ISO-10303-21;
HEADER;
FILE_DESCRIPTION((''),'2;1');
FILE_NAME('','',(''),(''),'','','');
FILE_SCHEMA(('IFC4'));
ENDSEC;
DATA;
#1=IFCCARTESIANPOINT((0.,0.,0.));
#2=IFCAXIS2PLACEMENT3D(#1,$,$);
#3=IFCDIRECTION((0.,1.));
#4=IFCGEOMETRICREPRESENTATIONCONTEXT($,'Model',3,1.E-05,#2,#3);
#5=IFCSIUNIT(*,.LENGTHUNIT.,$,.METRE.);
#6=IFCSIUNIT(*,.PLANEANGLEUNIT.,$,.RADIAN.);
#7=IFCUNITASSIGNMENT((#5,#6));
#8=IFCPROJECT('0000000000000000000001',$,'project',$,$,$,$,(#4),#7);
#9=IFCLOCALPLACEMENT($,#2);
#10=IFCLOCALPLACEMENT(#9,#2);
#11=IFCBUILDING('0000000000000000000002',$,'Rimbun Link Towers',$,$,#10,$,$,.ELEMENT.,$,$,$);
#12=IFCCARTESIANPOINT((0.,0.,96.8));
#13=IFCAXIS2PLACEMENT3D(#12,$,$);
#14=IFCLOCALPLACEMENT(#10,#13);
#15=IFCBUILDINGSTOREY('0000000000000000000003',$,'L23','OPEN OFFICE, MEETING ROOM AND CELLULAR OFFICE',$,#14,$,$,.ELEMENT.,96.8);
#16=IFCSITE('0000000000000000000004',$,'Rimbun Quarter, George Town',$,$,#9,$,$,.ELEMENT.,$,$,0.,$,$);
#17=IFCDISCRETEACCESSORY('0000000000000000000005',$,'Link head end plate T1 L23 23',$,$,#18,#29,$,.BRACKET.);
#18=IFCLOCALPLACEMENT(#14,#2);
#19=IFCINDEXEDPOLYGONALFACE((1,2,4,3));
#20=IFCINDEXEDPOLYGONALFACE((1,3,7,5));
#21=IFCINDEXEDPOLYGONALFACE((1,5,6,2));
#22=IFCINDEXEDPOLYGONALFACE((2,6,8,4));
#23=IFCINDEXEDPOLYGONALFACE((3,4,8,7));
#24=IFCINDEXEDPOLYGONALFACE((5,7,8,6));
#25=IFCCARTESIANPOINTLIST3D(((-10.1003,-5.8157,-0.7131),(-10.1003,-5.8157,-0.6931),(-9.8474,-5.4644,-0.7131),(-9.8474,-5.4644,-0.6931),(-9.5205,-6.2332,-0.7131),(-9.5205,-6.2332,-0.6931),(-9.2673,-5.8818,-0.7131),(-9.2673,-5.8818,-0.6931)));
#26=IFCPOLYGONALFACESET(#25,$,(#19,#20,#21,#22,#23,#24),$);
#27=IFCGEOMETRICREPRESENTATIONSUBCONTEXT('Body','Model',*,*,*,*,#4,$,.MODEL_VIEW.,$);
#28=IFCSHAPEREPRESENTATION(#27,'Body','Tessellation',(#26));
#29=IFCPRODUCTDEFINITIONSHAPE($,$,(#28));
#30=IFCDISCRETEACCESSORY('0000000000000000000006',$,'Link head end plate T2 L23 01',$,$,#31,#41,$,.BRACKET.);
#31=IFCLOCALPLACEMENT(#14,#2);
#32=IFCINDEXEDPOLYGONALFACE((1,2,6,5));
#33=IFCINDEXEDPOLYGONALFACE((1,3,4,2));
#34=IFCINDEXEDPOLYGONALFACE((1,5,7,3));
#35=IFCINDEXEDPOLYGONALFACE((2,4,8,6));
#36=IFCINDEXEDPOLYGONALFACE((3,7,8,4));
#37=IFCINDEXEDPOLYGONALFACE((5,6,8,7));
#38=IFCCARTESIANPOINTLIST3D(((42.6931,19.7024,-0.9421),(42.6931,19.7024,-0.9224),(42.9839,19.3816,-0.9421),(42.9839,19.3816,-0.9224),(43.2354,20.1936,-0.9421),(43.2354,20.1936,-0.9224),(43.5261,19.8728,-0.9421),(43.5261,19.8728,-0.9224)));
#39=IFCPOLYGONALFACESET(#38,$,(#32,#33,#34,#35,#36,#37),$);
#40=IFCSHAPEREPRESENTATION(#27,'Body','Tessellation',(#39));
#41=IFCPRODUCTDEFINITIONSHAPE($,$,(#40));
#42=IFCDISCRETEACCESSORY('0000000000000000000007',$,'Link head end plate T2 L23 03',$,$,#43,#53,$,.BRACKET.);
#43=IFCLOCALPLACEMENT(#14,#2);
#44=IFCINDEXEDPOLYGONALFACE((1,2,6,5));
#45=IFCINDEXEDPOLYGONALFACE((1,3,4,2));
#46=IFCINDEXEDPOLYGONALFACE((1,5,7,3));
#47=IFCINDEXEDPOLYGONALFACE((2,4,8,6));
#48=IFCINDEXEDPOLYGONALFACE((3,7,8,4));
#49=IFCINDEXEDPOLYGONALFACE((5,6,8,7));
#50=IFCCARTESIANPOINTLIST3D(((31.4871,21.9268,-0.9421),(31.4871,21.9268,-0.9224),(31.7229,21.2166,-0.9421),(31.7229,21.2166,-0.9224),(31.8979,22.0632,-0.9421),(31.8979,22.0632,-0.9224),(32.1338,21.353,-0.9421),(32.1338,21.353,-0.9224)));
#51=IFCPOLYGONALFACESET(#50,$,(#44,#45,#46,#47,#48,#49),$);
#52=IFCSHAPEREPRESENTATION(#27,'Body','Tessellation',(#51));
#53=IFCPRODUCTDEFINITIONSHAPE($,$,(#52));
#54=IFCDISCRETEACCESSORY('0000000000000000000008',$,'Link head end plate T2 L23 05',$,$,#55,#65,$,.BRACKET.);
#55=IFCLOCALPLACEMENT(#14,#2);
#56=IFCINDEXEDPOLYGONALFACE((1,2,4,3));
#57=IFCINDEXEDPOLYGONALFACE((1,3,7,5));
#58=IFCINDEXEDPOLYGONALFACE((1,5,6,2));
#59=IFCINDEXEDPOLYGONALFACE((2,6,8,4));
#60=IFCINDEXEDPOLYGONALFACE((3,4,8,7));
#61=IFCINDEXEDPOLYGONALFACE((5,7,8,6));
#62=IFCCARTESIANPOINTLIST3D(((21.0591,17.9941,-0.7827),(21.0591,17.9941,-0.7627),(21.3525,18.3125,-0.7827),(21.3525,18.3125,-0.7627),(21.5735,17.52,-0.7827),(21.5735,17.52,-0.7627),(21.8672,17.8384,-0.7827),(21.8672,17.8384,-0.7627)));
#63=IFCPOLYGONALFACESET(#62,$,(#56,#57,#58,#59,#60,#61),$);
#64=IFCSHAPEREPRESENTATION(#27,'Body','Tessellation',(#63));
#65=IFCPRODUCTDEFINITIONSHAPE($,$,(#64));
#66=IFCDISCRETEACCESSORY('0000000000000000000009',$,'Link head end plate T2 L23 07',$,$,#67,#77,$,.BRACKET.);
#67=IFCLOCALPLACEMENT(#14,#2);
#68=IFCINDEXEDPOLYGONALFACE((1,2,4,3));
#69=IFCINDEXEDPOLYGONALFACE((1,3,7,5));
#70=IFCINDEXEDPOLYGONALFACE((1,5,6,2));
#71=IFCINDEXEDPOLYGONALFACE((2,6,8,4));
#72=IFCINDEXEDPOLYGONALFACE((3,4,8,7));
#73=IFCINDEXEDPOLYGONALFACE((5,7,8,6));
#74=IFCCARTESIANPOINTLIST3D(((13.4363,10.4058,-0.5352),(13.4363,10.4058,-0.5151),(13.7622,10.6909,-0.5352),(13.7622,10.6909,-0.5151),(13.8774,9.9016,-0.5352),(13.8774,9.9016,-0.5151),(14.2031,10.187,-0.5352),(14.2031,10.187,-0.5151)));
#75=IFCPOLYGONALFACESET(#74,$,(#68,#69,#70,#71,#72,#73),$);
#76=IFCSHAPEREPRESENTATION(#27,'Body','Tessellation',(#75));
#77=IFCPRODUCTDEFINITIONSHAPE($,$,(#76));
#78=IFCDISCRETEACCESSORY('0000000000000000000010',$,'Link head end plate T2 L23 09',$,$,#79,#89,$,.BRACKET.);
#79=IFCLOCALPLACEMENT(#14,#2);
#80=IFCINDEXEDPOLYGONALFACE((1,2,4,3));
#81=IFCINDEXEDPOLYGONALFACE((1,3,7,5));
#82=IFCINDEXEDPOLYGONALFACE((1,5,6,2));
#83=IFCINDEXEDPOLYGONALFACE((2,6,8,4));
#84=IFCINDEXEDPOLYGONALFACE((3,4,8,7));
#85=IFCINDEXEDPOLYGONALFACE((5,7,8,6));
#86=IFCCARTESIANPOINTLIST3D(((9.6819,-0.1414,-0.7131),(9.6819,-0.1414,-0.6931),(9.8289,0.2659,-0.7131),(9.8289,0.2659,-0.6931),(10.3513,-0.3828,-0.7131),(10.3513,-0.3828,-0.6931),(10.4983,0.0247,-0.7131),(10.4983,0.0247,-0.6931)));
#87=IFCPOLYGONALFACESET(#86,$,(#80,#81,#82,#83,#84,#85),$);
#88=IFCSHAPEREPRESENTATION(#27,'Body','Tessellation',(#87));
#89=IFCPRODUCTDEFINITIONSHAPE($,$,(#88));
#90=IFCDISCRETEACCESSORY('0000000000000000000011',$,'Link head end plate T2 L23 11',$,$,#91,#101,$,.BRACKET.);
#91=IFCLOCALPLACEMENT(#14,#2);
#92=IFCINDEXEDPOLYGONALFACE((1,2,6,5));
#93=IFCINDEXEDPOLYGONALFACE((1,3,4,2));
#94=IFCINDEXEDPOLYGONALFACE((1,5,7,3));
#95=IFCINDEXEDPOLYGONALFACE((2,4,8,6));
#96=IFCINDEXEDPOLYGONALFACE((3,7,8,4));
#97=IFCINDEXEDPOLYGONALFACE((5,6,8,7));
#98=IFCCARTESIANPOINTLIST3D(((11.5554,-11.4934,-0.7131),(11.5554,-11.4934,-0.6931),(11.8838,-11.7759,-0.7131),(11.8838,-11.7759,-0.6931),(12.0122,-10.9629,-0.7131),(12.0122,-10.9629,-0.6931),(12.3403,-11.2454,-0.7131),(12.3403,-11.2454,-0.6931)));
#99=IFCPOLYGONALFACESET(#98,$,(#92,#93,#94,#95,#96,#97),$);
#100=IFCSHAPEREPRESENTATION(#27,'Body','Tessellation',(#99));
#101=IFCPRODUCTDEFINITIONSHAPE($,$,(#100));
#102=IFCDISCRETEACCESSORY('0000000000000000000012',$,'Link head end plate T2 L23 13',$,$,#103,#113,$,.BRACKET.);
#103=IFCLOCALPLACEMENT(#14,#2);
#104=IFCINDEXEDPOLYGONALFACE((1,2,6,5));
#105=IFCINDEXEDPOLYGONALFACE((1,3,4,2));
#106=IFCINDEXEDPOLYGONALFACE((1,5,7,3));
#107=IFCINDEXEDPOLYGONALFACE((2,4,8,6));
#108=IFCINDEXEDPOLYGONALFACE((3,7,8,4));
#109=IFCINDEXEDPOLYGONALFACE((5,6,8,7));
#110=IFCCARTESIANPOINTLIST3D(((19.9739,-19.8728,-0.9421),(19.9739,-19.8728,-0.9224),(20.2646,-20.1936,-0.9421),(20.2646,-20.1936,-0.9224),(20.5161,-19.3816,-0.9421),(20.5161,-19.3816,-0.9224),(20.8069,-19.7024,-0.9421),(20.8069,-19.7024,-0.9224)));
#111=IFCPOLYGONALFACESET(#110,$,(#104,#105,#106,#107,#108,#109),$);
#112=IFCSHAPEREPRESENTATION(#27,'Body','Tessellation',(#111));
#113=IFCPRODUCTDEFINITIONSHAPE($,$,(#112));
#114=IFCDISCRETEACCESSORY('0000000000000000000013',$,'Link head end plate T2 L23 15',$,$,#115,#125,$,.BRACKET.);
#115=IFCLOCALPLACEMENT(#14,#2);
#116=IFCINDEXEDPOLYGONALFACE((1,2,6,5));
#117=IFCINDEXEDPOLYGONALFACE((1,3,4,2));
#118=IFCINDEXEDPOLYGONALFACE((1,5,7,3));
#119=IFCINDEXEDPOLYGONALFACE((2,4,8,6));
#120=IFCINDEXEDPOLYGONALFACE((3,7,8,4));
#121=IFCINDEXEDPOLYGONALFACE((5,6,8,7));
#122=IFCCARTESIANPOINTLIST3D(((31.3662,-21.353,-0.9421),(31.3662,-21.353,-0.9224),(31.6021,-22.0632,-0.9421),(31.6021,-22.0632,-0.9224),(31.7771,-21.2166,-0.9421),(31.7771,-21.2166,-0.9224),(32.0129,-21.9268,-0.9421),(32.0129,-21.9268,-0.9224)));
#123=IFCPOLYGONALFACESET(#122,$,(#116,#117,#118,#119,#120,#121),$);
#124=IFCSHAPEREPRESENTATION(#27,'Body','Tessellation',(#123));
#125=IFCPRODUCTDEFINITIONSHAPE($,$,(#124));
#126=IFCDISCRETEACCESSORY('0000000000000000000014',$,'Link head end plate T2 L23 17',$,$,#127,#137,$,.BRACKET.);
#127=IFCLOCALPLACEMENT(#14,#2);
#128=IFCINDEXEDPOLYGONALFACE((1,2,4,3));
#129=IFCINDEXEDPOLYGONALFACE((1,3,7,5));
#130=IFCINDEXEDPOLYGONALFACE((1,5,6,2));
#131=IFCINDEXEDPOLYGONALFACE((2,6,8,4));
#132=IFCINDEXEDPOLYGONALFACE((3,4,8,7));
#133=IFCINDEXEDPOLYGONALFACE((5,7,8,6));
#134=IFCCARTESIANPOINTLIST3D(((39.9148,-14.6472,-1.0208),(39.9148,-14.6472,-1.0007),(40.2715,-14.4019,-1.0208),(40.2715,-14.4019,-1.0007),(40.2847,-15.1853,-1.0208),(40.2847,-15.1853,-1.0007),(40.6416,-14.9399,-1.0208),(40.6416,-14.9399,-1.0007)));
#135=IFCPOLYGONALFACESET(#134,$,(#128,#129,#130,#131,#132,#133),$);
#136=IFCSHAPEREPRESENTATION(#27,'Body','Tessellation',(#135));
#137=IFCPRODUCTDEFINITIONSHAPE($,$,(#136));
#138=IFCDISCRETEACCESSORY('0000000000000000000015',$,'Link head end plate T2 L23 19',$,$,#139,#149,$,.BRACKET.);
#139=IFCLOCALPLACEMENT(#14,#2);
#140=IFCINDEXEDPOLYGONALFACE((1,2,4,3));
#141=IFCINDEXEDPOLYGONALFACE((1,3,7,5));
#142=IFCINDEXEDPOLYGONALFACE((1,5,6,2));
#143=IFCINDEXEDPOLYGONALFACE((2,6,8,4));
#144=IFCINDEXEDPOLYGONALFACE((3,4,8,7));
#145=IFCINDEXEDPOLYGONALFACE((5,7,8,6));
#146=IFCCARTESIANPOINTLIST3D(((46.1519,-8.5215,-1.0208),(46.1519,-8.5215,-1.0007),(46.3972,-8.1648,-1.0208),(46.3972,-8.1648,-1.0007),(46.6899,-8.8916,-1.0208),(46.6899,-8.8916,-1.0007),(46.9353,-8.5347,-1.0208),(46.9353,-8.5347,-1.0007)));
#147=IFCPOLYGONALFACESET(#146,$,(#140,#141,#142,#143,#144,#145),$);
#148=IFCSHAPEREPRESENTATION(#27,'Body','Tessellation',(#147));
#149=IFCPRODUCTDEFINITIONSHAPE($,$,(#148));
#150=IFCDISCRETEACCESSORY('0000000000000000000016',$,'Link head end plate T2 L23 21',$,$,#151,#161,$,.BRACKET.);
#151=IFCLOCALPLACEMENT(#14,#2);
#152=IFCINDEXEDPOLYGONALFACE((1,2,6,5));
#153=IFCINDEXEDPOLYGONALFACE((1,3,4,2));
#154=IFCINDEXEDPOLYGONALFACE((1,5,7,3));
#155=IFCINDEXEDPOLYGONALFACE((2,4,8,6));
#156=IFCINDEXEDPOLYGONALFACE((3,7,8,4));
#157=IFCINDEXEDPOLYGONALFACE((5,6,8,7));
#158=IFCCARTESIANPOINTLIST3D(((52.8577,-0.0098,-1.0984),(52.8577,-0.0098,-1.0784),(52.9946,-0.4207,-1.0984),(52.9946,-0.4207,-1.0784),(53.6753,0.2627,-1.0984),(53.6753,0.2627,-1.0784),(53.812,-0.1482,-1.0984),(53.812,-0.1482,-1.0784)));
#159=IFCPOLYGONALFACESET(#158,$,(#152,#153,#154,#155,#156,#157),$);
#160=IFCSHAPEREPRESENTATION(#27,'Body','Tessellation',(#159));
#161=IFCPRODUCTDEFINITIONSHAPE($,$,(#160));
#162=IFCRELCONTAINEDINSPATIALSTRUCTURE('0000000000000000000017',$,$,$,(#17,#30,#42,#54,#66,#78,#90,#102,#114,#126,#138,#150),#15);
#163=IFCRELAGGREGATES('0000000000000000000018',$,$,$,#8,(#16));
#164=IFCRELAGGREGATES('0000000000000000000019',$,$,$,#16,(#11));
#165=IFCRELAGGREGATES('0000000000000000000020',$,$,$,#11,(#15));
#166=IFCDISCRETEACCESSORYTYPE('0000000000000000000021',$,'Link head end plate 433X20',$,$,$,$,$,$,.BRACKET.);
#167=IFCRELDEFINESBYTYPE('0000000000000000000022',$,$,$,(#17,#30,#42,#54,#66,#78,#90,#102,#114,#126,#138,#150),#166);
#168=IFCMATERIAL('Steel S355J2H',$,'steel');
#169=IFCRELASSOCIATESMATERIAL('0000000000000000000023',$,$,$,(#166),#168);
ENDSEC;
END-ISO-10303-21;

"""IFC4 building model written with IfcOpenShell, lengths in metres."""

from ifc_helpers import new_model, si_unit, direction, frame, origin, origin_2d, place, context, subcontext, project, spatial, polyline, rectangle, outline, extrude, material, material_profile, profile_set, type_object, element, save


model = new_model("IFC4")

# Units and contexts
model_context = context("Model", 3, precision=1e-05, world=origin(), true_north=direction((0.0, 1.0)))
body_context = subcontext(model_context, "Body", "Model", "MODEL_VIEW")
ifc_project = project(units=[si_unit("LENGTHUNIT", "METRE"), si_unit("PLANEANGLEUNIT", "RADIAN")], contexts=[model_context])

# Site, building, storey
site_placement = place(None, origin())
site = spatial("IfcSite", under=ifc_project, at=site_placement, Name="Rimbun Quarter, George Town", CompositionType="ELEMENT", RefElevation=0.0)
building_placement = place(site_placement, origin())
building = spatial("IfcBuilding", under=site, at=building_placement, Name="Rimbun Link Towers", CompositionType="ELEMENT")
storey_placement = place(building_placement, frame((0.0, 0.0, 96.8)))
storey = spatial("IfcBuildingStorey", under=building, at=storey_placement, Name="L23", Description="OPEN OFFICE, MEETING ROOM AND CELLULAR OFFICE", CompositionType="ELEMENT", Elevation=96.8)

# Discrete accessories
ifc_material_1 = material(Name="Steel S355J2H", Category="steel")
ifc_material_profile_1 = material_profile(ifc_material_1, rectangle(XDim=0.4331, YDim=0.4331, at=origin_2d()), Name="PL 433x433")
ifc_profile_set_1 = profile_set([ifc_material_profile_1], Name="Steel S355J2H")
discrete_accessory_type_1 = type_object("IfcDiscreteAccessoryType", Name="Link head end plate 433X20", PredefinedType="BRACKET", material=ifc_profile_set_1)
discrete_accessory_1_placement = place(storey_placement, frame((0.0, 0.0, -0.7131)))
element("IfcDiscreteAccessory", 1, at=discrete_accessory_1_placement, inside=storey, type_object=discrete_accessory_type_1, Name="Link head end plate T1 L23 23", PredefinedType="BRACKET", context=body_context, shape_type="SweptSolid", body=[
    extrude(outline(polyline([(-10.1003, -5.8157), (-9.5205, -6.2332), (-9.2673, -5.8818), (-9.8474, -5.4644), (-10.1003, -5.8157)])), origin(), (0.0, 0.0, 1.0), 0.02),
])
discrete_accessory_2_placement = place(storey_placement, frame((0.0, 0.0, -0.9421)))
element("IfcDiscreteAccessory", 2, at=discrete_accessory_2_placement, inside=storey, type_object=discrete_accessory_type_1, Name="Link head end plate T2 L23 01", PredefinedType="BRACKET", context=body_context, shape_type="SweptSolid", body=[
    extrude(outline(polyline([(42.9839, 19.3816), (43.5261, 19.8728), (43.2354, 20.1936), (42.6931, 19.7024), (42.9839, 19.3816)])), origin(), (0.0, 0.0, 1.0), 0.0198),
])
discrete_accessory_3_placement = place(storey_placement, frame((0.0, 0.0, -0.9421)))
element("IfcDiscreteAccessory", 3, at=discrete_accessory_3_placement, inside=storey, type_object=discrete_accessory_type_1, Name="Link head end plate T2 L23 03", PredefinedType="BRACKET", context=body_context, shape_type="SweptSolid", body=[
    extrude(outline(polyline([(32.1338, 21.353), (31.8979, 22.0632), (31.4871, 21.9268), (31.7229, 21.2166), (32.1338, 21.353)])), origin(), (0.0, 0.0, 1.0), 0.0198),
])
discrete_accessory_4_placement = place(storey_placement, frame((0.0, 0.0, -0.7827)))
element("IfcDiscreteAccessory", 4, at=discrete_accessory_4_placement, inside=storey, type_object=discrete_accessory_type_1, Name="Link head end plate T2 L23 05", PredefinedType="BRACKET", context=body_context, shape_type="SweptSolid", body=[
    extrude(outline(polyline([(21.8672, 17.8384), (21.3525, 18.3125), (21.0591, 17.9941), (21.5735, 17.52), (21.8672, 17.8384)])), origin(), (0.0, 0.0, 1.0), 0.02),
])
discrete_accessory_5_placement = place(storey_placement, frame((0.0, 0.0, -0.5352)))
element("IfcDiscreteAccessory", 5, at=discrete_accessory_5_placement, inside=storey, type_object=discrete_accessory_type_1, Name="Link head end plate T2 L23 07", PredefinedType="BRACKET", context=body_context, shape_type="SweptSolid", body=[
    extrude(outline(polyline([(14.2031, 10.187), (13.7622, 10.6909), (13.4363, 10.4058), (13.8774, 9.9016), (14.2031, 10.187)])), origin(), (0.0, 0.0, 1.0), 0.02),
])
discrete_accessory_6_placement = place(storey_placement, frame((0.0, 0.0, -0.7131)))
element("IfcDiscreteAccessory", 6, at=discrete_accessory_6_placement, inside=storey, type_object=discrete_accessory_type_1, Name="Link head end plate T2 L23 09", PredefinedType="BRACKET", context=body_context, shape_type="SweptSolid", body=[
    extrude(outline(polyline([(10.4983, 0.0247), (9.8289, 0.2659), (9.6819, -0.1414), (10.3513, -0.3828), (10.4983, 0.0247)])), origin(), (0.0, 0.0, 1.0), 0.02),
])
discrete_accessory_7_placement = place(storey_placement, frame((0.0, 0.0, -0.7131)))
element("IfcDiscreteAccessory", 7, at=discrete_accessory_7_placement, inside=storey, type_object=discrete_accessory_type_1, Name="Link head end plate T2 L23 11", PredefinedType="BRACKET", context=body_context, shape_type="SweptSolid", body=[
    extrude(outline(polyline([(12.0122, -10.9629), (11.5554, -11.4934), (11.8838, -11.7759), (12.3403, -11.2454), (12.0122, -10.9629)])), origin(), (0.0, 0.0, 1.0), 0.02),
])
discrete_accessory_8_placement = place(storey_placement, frame((0.0, 0.0, -0.9421)))
element("IfcDiscreteAccessory", 8, at=discrete_accessory_8_placement, inside=storey, type_object=discrete_accessory_type_1, Name="Link head end plate T2 L23 13", PredefinedType="BRACKET", context=body_context, shape_type="SweptSolid", body=[
    extrude(outline(polyline([(20.5161, -19.3816), (19.9739, -19.8728), (20.2646, -20.1936), (20.8069, -19.7024), (20.5161, -19.3816)])), origin(), (0.0, 0.0, 1.0), 0.0198),
])
discrete_accessory_9_placement = place(storey_placement, frame((0.0, 0.0, -0.9421)))
element("IfcDiscreteAccessory", 9, at=discrete_accessory_9_placement, inside=storey, type_object=discrete_accessory_type_1, Name="Link head end plate T2 L23 15", PredefinedType="BRACKET", context=body_context, shape_type="SweptSolid", body=[
    extrude(outline(polyline([(31.3662, -21.353), (31.6021, -22.0632), (32.0129, -21.9268), (31.7771, -21.2166), (31.3662, -21.353)])), origin(), (0.0, 0.0, 1.0), 0.0198),
])
discrete_accessory_10_placement = place(storey_placement, frame((0.0, 0.0, -1.0208)))
element("IfcDiscreteAccessory", 10, at=discrete_accessory_10_placement, inside=storey, type_object=discrete_accessory_type_1, Name="Link head end plate T2 L23 17", PredefinedType="BRACKET", context=body_context, shape_type="SweptSolid", body=[
    extrude(outline(polyline([(39.9148, -14.6472), (40.2847, -15.1853), (40.6416, -14.9399), (40.2715, -14.4019), (39.9148, -14.6472)])), origin(), (0.0, 0.0, 1.0), 0.02),
])
discrete_accessory_11_placement = place(storey_placement, frame((0.0, 0.0, -1.0208)))
element("IfcDiscreteAccessory", 11, at=discrete_accessory_11_placement, inside=storey, type_object=discrete_accessory_type_1, Name="Link head end plate T2 L23 19", PredefinedType="BRACKET", context=body_context, shape_type="SweptSolid", body=[
    extrude(outline(polyline([(46.1519, -8.5215), (46.6899, -8.8916), (46.9353, -8.5347), (46.3972, -8.1648), (46.1519, -8.5215)])), origin(), (0.0, 0.0, 1.0), 0.02),
])
discrete_accessory_12_placement = place(storey_placement, frame((0.0, 0.0, -1.0984)))
element("IfcDiscreteAccessory", 12, at=discrete_accessory_12_placement, inside=storey, type_object=discrete_accessory_type_1, Name="Link head end plate T2 L23 21", PredefinedType="BRACKET", context=body_context, shape_type="SweptSolid", body=[
    extrude(outline(polyline([(52.9946, -0.4207), (53.812, -0.1482), (53.6753, 0.2627), (52.8577, -0.0098), (52.9946, -0.4207)])), origin(), (0.0, 0.0, 1.0), 0.02),
])

save(model, "model.ifc")
